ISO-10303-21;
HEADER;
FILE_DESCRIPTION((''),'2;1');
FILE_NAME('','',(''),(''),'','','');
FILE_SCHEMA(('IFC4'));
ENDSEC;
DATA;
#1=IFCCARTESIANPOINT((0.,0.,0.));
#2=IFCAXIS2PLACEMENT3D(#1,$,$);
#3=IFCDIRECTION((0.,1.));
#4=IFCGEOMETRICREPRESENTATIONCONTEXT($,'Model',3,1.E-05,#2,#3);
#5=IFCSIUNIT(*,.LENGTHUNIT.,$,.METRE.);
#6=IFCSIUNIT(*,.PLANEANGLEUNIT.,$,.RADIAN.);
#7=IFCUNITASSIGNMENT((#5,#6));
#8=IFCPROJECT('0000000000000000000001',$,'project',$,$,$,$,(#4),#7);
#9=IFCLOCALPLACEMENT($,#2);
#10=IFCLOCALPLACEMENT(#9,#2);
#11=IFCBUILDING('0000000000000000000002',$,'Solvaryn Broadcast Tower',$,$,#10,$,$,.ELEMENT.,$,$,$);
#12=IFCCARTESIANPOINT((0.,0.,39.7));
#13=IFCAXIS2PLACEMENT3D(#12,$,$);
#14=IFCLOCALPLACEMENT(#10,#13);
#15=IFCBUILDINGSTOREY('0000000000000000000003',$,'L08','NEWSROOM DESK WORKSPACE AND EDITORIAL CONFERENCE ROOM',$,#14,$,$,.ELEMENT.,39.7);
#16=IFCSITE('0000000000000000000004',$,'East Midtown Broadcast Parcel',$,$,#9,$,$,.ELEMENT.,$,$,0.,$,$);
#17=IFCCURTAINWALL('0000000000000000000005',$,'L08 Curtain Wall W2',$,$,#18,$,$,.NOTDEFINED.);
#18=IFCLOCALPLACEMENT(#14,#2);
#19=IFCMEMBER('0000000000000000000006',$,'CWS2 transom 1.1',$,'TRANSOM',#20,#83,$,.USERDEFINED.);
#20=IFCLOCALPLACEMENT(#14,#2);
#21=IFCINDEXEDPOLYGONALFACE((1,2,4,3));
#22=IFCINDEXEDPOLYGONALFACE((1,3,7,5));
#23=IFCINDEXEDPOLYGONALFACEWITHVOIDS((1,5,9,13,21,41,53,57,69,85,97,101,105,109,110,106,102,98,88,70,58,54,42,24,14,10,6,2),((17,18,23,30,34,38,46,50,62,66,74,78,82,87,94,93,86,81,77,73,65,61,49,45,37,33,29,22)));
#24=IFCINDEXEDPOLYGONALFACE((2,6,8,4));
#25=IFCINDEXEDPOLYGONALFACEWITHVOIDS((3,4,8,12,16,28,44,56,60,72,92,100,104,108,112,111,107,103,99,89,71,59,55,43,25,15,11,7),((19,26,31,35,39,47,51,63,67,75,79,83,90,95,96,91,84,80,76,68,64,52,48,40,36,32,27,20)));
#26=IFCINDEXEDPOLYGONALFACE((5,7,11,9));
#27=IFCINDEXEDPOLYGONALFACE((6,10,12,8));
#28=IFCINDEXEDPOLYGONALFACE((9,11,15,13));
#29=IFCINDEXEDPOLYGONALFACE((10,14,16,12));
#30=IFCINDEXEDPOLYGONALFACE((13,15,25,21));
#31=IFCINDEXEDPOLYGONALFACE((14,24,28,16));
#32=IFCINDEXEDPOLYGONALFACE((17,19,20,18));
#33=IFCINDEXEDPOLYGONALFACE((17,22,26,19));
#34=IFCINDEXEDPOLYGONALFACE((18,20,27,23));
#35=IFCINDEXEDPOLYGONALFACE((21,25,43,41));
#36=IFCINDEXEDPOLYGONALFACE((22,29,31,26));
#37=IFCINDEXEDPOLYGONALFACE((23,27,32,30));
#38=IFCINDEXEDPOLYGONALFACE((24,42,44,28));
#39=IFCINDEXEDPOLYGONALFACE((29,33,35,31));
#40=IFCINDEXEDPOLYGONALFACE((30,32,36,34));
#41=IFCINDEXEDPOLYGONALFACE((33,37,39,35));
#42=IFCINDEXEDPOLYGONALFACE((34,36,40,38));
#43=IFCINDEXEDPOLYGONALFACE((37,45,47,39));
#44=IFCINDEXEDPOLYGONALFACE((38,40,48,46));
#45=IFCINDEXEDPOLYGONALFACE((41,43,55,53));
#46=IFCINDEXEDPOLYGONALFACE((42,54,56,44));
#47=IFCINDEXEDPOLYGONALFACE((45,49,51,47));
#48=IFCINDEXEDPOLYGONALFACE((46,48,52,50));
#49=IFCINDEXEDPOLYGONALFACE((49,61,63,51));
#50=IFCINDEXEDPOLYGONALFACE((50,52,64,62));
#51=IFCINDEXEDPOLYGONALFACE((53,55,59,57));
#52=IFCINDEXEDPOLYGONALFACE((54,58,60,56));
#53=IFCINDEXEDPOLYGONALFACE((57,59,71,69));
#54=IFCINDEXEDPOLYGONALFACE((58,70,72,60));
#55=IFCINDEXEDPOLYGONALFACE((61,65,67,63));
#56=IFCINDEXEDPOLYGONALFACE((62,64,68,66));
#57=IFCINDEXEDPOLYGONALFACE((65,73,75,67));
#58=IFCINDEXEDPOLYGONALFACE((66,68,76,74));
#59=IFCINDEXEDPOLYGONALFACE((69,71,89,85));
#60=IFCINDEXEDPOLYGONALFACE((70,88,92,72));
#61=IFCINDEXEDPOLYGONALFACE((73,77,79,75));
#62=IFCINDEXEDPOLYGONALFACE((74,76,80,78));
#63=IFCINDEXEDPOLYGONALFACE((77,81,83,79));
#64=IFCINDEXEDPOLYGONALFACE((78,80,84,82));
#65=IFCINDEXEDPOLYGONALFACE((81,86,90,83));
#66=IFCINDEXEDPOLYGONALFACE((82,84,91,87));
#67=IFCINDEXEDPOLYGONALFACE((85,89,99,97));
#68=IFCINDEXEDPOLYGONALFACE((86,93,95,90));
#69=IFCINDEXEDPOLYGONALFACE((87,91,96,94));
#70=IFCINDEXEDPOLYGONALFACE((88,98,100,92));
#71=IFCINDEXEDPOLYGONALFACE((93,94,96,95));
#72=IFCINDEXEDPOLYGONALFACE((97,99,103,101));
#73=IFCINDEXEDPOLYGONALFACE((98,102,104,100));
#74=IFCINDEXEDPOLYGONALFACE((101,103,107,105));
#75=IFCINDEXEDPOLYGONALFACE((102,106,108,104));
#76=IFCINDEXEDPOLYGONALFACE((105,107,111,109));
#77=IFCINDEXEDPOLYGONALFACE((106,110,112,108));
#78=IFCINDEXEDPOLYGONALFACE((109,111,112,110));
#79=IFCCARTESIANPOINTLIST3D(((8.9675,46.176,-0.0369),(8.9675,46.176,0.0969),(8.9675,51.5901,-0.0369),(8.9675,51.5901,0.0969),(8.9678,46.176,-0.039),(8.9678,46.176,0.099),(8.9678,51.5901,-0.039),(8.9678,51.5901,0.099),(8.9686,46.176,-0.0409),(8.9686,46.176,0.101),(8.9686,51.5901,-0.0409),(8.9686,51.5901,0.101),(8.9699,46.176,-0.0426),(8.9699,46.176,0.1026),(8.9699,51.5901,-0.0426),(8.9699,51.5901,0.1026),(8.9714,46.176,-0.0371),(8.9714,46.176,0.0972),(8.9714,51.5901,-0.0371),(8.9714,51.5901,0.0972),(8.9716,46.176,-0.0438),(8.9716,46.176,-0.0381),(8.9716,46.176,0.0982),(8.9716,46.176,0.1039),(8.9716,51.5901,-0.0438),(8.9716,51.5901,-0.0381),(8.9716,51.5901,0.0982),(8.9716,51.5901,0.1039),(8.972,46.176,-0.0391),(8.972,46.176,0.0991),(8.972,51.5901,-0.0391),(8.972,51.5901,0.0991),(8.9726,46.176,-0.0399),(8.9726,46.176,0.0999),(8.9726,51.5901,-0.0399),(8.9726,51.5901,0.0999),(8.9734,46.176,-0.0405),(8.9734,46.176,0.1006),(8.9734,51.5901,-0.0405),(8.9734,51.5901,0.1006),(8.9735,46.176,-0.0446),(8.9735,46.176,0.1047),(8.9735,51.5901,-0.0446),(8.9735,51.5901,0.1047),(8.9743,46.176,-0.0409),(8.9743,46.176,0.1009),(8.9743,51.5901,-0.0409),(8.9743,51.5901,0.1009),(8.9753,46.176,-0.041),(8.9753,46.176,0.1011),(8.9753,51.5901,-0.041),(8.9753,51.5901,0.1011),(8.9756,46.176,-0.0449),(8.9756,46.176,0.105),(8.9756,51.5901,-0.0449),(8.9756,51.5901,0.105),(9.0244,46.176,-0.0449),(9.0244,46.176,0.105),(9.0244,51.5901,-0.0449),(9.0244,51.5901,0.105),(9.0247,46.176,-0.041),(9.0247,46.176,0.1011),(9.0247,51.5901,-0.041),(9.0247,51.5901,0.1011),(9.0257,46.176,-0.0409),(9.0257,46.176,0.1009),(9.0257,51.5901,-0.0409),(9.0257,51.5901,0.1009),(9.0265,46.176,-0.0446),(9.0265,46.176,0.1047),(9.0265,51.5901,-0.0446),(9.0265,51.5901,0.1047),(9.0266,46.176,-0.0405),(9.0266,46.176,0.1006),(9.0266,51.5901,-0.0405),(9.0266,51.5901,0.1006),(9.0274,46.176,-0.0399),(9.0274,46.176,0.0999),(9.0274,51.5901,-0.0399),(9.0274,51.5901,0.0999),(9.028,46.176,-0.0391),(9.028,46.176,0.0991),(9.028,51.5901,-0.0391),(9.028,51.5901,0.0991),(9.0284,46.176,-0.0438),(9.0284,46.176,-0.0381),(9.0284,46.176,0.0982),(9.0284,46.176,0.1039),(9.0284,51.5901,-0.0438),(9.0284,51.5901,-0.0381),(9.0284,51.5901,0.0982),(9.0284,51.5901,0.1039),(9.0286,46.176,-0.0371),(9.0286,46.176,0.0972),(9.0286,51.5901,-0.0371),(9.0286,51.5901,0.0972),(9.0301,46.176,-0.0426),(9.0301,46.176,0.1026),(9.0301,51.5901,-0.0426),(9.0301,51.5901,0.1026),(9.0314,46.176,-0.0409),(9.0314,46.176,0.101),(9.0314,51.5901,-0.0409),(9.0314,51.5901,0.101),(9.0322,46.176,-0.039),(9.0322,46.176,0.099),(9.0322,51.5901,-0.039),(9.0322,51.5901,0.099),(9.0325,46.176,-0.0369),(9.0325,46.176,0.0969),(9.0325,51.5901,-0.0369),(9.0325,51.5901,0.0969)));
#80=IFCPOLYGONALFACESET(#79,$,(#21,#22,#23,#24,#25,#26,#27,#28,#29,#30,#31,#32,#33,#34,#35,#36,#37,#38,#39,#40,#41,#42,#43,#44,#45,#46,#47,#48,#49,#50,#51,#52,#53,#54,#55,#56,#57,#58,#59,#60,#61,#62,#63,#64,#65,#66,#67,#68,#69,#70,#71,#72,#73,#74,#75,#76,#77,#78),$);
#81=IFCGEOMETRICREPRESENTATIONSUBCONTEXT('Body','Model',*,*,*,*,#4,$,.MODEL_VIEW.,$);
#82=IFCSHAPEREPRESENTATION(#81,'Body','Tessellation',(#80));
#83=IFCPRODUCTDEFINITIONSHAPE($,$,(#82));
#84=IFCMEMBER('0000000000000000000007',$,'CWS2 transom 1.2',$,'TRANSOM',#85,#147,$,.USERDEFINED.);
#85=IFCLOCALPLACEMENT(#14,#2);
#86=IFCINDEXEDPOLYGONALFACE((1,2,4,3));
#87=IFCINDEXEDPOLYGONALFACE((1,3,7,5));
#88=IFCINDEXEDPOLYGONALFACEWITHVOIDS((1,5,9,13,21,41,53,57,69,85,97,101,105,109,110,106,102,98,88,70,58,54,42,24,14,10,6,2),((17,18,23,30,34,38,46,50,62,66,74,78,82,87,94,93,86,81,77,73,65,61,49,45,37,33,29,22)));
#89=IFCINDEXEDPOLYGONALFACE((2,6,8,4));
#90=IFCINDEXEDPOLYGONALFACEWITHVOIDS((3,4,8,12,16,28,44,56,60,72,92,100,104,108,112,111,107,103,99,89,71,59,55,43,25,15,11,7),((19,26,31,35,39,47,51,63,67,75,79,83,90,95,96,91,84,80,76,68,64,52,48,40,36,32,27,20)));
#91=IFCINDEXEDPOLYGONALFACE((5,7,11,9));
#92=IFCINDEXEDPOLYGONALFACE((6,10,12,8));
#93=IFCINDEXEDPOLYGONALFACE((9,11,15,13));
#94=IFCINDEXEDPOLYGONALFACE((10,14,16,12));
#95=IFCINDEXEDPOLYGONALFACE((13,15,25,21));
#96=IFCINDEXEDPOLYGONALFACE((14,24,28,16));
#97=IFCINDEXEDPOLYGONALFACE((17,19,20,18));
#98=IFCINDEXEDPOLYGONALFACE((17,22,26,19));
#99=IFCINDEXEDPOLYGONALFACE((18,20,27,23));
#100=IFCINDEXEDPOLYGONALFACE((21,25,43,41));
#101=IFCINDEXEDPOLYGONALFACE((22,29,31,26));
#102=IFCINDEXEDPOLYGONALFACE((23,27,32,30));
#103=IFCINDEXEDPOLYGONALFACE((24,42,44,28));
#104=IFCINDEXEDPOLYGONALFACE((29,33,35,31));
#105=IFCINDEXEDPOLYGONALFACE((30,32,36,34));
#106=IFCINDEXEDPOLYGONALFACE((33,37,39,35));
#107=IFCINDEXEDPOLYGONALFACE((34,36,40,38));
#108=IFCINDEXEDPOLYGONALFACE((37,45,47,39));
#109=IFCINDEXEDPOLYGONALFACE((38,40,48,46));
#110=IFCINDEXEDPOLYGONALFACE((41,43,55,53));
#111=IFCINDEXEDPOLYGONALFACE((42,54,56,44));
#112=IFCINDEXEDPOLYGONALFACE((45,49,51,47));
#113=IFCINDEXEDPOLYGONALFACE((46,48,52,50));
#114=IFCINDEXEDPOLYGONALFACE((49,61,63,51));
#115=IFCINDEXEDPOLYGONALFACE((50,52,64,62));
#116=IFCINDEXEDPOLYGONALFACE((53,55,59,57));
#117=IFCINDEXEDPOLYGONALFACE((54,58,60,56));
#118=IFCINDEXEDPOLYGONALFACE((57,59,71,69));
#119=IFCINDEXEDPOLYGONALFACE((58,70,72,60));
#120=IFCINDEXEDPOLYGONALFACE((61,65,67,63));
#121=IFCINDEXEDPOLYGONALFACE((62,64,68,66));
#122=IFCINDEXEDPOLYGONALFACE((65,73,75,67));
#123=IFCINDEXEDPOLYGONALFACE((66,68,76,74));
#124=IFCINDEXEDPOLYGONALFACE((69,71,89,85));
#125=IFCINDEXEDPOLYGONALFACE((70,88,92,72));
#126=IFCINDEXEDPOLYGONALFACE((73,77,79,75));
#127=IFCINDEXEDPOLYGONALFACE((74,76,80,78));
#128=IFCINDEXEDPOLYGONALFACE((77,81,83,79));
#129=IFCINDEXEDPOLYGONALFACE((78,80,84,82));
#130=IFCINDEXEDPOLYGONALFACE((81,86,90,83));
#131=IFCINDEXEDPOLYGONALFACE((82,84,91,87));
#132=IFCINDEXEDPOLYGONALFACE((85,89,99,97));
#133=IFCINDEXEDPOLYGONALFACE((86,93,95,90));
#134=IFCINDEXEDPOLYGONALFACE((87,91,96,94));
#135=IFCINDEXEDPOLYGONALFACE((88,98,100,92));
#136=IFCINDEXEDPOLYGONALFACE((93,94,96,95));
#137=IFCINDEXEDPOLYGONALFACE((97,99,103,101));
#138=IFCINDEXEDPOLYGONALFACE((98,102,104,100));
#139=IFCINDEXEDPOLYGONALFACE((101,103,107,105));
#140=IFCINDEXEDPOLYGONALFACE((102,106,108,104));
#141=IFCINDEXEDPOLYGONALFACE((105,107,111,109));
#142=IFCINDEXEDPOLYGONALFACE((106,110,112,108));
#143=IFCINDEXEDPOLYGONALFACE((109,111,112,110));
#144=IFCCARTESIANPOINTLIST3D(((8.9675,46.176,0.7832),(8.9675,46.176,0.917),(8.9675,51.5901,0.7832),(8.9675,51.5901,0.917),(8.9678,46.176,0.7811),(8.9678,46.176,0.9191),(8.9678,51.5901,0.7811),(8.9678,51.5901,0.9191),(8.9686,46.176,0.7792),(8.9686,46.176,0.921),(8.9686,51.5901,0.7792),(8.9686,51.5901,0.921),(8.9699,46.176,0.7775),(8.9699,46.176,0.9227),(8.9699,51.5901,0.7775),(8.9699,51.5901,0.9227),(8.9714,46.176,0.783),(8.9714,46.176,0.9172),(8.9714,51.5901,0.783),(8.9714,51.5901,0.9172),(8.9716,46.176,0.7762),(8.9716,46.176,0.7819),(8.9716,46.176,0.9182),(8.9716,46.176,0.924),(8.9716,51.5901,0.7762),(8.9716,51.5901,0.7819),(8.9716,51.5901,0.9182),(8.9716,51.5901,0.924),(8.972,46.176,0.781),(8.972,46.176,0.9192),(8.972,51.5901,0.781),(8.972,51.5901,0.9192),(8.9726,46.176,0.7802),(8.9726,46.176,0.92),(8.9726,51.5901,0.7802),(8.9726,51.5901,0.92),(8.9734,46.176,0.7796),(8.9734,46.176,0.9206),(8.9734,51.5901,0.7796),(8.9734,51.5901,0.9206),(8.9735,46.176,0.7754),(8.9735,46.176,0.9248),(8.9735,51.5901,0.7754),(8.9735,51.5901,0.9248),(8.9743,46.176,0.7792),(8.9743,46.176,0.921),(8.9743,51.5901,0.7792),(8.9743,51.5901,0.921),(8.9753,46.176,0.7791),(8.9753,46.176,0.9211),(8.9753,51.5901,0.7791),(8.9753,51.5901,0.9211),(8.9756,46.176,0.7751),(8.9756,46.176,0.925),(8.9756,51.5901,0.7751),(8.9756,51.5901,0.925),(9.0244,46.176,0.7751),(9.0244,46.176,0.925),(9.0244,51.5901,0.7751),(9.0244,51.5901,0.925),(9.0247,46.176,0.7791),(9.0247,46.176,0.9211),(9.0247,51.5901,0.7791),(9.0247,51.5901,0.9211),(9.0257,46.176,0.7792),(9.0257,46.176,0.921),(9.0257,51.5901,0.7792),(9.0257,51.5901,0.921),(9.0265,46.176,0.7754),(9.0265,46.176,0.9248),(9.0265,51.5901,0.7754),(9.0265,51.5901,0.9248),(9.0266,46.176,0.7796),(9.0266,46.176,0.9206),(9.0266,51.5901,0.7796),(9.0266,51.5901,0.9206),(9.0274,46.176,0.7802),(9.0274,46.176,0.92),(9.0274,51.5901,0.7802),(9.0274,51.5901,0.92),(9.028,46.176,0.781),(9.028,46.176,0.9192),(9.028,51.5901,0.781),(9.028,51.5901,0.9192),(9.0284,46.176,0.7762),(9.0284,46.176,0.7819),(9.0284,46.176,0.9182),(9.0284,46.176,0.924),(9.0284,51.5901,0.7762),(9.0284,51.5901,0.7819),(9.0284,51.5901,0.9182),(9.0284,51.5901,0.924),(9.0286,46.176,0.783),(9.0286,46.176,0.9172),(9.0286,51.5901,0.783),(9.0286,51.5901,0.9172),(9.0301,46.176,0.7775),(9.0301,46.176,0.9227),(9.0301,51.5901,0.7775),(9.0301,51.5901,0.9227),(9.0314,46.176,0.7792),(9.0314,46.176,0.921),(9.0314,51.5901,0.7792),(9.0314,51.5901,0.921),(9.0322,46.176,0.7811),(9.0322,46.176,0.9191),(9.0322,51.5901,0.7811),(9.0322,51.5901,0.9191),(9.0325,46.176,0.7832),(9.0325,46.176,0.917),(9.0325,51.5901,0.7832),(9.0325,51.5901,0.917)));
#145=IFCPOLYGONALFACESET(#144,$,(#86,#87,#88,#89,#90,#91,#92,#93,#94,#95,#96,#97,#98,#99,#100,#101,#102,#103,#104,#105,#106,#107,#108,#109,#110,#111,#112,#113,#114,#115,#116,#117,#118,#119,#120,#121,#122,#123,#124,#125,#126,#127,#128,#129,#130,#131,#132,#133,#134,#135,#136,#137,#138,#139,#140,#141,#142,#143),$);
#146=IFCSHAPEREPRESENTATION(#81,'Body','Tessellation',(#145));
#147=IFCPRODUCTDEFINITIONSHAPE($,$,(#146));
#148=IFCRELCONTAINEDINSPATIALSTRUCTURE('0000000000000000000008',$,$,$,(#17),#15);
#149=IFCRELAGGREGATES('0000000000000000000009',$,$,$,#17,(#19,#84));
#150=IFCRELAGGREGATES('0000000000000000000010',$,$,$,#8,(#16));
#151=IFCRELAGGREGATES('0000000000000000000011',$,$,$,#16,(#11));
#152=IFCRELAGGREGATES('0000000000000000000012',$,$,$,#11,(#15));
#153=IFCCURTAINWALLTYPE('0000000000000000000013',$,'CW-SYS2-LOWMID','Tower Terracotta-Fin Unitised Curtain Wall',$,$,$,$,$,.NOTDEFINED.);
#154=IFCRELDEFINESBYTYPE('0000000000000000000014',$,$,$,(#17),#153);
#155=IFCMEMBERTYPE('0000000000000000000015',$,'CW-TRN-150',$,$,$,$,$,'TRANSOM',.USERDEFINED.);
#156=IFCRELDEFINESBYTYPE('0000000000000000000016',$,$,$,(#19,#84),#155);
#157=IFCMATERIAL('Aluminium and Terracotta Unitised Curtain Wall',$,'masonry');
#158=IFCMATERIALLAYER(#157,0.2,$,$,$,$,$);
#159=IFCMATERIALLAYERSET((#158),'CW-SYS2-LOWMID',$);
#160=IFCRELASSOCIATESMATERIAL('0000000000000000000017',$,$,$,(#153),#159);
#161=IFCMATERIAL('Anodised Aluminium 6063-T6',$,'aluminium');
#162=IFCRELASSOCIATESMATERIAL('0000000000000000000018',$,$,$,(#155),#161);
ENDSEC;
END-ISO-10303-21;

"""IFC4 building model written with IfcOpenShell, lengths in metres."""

from ifc_helpers import new_model, si_unit, direction, frame, origin, origin_2d, place, context, subcontext, project, spatial, hollow_rectangle, extrude, material, layer, layer_set, material_profile, profile_set, type_object, element, aggregate, save


model = new_model("IFC4")

# Units and contexts
model_context = context("Model", 3, precision=1e-05, world=origin(), true_north=direction((0.0, 1.0)))
body_context = subcontext(model_context, "Body", "Model", "MODEL_VIEW")
ifc_project = project(units=[si_unit("LENGTHUNIT", "METRE"), si_unit("PLANEANGLEUNIT", "RADIAN")], contexts=[model_context])

# Site, building, storey
site_placement = place(None, origin())
site = spatial("IfcSite", under=ifc_project, at=site_placement, Name="East Midtown Broadcast Parcel", CompositionType="ELEMENT", RefElevation=0.0)
building_placement = place(site_placement, origin())
building = spatial("IfcBuilding", under=site, at=building_placement, Name="Solvaryn Broadcast Tower", CompositionType="ELEMENT")
storey_placement = place(building_placement, frame((0.0, 0.0, 39.7)))
storey = spatial("IfcBuildingStorey", under=building, at=storey_placement, Name="L08", Description="NEWSROOM DESK WORKSPACE AND EDITORIAL CONFERENCE ROOM", CompositionType="ELEMENT", Elevation=39.7)

# Shared definitions
ifc_material_1 = material(Name="Aluminium and Terracotta Unitised Curtain Wall", Category="masonry")
ifc_layer_1 = layer(ifc_material_1, 0.2)
ifc_layer_set_1 = layer_set([ifc_layer_1], Name="CW-SYS2-LOWMID")
curtain_wall_type = type_object("IfcCurtainWallType", Name="CW-SYS2-LOWMID", Description="Tower Terracotta-Fin Unitised Curtain Wall", PredefinedType="NOTDEFINED", material=ifc_layer_set_1)

# Curtain wall
curtain_wall_1_placement = place(storey_placement, origin())
curtain_wall_1 = element("IfcCurtainWall", 1, at=curtain_wall_1_placement, inside=storey, type_object=curtain_wall_type, Name="L08 Curtain Wall W2", PredefinedType="NOTDEFINED")

# Members
ifc_material_2 = material(Name="Anodised Aluminium 6063-T6", Category="aluminium")
ifc_material_profile_1 = material_profile(ifc_material_2, hollow_rectangle(XDim=0.0649, YDim=0.1499, WallThickness=0.0039, InnerFilletRadius=0.0039, OuterFilletRadius=0.0081, at=origin_2d()))
ifc_profile_set_1 = profile_set([ifc_material_profile_1], Name="Anodised Aluminium 6063-T6")
member_type_1 = type_object("IfcMemberType", Name="CW-TRN-150", ElementType="TRANSOM", PredefinedType="USERDEFINED", material=ifc_profile_set_1)
member_1_placement = place(storey_placement, frame((9.0, 46.176, 0.03), z_axis=(0.0, 1.0, 0.0), x_axis=(-1.0, 0.0, 0.0)))
member_1 = element("IfcMember", 2, at=member_1_placement, type_object=member_type_1, Name="CWS2 transom 1.1", ObjectType="TRANSOM", PredefinedType="USERDEFINED", context=body_context, shape_type="SweptSolid", body=[
    extrude(hollow_rectangle(XDim=0.0649, YDim=0.1499, WallThickness=0.0039, InnerFilletRadius=0.0039, OuterFilletRadius=0.0081, at=origin_2d()), origin(), (0.0, 0.0, 1.0), 5.4141),
])
member_2_placement = place(storey_placement, frame((9.0, 46.176, 0.8501), z_axis=(0.0, 1.0, 0.0), x_axis=(-1.0, 0.0, 0.0)))
member_2 = element("IfcMember", 3, at=member_2_placement, type_object=member_type_1, Name="CWS2 transom 1.2", ObjectType="TRANSOM", PredefinedType="USERDEFINED", context=body_context, shape_type="SweptSolid", body=[
    extrude(hollow_rectangle(XDim=0.0649, YDim=0.1499, WallThickness=0.0039, InnerFilletRadius=0.0039, OuterFilletRadius=0.0081, at=origin_2d()), origin(), (0.0, 0.0, 1.0), 5.4141),
])

aggregate(curtain_wall_1, [member_1, member_2])

save(model, "model.ifc")
